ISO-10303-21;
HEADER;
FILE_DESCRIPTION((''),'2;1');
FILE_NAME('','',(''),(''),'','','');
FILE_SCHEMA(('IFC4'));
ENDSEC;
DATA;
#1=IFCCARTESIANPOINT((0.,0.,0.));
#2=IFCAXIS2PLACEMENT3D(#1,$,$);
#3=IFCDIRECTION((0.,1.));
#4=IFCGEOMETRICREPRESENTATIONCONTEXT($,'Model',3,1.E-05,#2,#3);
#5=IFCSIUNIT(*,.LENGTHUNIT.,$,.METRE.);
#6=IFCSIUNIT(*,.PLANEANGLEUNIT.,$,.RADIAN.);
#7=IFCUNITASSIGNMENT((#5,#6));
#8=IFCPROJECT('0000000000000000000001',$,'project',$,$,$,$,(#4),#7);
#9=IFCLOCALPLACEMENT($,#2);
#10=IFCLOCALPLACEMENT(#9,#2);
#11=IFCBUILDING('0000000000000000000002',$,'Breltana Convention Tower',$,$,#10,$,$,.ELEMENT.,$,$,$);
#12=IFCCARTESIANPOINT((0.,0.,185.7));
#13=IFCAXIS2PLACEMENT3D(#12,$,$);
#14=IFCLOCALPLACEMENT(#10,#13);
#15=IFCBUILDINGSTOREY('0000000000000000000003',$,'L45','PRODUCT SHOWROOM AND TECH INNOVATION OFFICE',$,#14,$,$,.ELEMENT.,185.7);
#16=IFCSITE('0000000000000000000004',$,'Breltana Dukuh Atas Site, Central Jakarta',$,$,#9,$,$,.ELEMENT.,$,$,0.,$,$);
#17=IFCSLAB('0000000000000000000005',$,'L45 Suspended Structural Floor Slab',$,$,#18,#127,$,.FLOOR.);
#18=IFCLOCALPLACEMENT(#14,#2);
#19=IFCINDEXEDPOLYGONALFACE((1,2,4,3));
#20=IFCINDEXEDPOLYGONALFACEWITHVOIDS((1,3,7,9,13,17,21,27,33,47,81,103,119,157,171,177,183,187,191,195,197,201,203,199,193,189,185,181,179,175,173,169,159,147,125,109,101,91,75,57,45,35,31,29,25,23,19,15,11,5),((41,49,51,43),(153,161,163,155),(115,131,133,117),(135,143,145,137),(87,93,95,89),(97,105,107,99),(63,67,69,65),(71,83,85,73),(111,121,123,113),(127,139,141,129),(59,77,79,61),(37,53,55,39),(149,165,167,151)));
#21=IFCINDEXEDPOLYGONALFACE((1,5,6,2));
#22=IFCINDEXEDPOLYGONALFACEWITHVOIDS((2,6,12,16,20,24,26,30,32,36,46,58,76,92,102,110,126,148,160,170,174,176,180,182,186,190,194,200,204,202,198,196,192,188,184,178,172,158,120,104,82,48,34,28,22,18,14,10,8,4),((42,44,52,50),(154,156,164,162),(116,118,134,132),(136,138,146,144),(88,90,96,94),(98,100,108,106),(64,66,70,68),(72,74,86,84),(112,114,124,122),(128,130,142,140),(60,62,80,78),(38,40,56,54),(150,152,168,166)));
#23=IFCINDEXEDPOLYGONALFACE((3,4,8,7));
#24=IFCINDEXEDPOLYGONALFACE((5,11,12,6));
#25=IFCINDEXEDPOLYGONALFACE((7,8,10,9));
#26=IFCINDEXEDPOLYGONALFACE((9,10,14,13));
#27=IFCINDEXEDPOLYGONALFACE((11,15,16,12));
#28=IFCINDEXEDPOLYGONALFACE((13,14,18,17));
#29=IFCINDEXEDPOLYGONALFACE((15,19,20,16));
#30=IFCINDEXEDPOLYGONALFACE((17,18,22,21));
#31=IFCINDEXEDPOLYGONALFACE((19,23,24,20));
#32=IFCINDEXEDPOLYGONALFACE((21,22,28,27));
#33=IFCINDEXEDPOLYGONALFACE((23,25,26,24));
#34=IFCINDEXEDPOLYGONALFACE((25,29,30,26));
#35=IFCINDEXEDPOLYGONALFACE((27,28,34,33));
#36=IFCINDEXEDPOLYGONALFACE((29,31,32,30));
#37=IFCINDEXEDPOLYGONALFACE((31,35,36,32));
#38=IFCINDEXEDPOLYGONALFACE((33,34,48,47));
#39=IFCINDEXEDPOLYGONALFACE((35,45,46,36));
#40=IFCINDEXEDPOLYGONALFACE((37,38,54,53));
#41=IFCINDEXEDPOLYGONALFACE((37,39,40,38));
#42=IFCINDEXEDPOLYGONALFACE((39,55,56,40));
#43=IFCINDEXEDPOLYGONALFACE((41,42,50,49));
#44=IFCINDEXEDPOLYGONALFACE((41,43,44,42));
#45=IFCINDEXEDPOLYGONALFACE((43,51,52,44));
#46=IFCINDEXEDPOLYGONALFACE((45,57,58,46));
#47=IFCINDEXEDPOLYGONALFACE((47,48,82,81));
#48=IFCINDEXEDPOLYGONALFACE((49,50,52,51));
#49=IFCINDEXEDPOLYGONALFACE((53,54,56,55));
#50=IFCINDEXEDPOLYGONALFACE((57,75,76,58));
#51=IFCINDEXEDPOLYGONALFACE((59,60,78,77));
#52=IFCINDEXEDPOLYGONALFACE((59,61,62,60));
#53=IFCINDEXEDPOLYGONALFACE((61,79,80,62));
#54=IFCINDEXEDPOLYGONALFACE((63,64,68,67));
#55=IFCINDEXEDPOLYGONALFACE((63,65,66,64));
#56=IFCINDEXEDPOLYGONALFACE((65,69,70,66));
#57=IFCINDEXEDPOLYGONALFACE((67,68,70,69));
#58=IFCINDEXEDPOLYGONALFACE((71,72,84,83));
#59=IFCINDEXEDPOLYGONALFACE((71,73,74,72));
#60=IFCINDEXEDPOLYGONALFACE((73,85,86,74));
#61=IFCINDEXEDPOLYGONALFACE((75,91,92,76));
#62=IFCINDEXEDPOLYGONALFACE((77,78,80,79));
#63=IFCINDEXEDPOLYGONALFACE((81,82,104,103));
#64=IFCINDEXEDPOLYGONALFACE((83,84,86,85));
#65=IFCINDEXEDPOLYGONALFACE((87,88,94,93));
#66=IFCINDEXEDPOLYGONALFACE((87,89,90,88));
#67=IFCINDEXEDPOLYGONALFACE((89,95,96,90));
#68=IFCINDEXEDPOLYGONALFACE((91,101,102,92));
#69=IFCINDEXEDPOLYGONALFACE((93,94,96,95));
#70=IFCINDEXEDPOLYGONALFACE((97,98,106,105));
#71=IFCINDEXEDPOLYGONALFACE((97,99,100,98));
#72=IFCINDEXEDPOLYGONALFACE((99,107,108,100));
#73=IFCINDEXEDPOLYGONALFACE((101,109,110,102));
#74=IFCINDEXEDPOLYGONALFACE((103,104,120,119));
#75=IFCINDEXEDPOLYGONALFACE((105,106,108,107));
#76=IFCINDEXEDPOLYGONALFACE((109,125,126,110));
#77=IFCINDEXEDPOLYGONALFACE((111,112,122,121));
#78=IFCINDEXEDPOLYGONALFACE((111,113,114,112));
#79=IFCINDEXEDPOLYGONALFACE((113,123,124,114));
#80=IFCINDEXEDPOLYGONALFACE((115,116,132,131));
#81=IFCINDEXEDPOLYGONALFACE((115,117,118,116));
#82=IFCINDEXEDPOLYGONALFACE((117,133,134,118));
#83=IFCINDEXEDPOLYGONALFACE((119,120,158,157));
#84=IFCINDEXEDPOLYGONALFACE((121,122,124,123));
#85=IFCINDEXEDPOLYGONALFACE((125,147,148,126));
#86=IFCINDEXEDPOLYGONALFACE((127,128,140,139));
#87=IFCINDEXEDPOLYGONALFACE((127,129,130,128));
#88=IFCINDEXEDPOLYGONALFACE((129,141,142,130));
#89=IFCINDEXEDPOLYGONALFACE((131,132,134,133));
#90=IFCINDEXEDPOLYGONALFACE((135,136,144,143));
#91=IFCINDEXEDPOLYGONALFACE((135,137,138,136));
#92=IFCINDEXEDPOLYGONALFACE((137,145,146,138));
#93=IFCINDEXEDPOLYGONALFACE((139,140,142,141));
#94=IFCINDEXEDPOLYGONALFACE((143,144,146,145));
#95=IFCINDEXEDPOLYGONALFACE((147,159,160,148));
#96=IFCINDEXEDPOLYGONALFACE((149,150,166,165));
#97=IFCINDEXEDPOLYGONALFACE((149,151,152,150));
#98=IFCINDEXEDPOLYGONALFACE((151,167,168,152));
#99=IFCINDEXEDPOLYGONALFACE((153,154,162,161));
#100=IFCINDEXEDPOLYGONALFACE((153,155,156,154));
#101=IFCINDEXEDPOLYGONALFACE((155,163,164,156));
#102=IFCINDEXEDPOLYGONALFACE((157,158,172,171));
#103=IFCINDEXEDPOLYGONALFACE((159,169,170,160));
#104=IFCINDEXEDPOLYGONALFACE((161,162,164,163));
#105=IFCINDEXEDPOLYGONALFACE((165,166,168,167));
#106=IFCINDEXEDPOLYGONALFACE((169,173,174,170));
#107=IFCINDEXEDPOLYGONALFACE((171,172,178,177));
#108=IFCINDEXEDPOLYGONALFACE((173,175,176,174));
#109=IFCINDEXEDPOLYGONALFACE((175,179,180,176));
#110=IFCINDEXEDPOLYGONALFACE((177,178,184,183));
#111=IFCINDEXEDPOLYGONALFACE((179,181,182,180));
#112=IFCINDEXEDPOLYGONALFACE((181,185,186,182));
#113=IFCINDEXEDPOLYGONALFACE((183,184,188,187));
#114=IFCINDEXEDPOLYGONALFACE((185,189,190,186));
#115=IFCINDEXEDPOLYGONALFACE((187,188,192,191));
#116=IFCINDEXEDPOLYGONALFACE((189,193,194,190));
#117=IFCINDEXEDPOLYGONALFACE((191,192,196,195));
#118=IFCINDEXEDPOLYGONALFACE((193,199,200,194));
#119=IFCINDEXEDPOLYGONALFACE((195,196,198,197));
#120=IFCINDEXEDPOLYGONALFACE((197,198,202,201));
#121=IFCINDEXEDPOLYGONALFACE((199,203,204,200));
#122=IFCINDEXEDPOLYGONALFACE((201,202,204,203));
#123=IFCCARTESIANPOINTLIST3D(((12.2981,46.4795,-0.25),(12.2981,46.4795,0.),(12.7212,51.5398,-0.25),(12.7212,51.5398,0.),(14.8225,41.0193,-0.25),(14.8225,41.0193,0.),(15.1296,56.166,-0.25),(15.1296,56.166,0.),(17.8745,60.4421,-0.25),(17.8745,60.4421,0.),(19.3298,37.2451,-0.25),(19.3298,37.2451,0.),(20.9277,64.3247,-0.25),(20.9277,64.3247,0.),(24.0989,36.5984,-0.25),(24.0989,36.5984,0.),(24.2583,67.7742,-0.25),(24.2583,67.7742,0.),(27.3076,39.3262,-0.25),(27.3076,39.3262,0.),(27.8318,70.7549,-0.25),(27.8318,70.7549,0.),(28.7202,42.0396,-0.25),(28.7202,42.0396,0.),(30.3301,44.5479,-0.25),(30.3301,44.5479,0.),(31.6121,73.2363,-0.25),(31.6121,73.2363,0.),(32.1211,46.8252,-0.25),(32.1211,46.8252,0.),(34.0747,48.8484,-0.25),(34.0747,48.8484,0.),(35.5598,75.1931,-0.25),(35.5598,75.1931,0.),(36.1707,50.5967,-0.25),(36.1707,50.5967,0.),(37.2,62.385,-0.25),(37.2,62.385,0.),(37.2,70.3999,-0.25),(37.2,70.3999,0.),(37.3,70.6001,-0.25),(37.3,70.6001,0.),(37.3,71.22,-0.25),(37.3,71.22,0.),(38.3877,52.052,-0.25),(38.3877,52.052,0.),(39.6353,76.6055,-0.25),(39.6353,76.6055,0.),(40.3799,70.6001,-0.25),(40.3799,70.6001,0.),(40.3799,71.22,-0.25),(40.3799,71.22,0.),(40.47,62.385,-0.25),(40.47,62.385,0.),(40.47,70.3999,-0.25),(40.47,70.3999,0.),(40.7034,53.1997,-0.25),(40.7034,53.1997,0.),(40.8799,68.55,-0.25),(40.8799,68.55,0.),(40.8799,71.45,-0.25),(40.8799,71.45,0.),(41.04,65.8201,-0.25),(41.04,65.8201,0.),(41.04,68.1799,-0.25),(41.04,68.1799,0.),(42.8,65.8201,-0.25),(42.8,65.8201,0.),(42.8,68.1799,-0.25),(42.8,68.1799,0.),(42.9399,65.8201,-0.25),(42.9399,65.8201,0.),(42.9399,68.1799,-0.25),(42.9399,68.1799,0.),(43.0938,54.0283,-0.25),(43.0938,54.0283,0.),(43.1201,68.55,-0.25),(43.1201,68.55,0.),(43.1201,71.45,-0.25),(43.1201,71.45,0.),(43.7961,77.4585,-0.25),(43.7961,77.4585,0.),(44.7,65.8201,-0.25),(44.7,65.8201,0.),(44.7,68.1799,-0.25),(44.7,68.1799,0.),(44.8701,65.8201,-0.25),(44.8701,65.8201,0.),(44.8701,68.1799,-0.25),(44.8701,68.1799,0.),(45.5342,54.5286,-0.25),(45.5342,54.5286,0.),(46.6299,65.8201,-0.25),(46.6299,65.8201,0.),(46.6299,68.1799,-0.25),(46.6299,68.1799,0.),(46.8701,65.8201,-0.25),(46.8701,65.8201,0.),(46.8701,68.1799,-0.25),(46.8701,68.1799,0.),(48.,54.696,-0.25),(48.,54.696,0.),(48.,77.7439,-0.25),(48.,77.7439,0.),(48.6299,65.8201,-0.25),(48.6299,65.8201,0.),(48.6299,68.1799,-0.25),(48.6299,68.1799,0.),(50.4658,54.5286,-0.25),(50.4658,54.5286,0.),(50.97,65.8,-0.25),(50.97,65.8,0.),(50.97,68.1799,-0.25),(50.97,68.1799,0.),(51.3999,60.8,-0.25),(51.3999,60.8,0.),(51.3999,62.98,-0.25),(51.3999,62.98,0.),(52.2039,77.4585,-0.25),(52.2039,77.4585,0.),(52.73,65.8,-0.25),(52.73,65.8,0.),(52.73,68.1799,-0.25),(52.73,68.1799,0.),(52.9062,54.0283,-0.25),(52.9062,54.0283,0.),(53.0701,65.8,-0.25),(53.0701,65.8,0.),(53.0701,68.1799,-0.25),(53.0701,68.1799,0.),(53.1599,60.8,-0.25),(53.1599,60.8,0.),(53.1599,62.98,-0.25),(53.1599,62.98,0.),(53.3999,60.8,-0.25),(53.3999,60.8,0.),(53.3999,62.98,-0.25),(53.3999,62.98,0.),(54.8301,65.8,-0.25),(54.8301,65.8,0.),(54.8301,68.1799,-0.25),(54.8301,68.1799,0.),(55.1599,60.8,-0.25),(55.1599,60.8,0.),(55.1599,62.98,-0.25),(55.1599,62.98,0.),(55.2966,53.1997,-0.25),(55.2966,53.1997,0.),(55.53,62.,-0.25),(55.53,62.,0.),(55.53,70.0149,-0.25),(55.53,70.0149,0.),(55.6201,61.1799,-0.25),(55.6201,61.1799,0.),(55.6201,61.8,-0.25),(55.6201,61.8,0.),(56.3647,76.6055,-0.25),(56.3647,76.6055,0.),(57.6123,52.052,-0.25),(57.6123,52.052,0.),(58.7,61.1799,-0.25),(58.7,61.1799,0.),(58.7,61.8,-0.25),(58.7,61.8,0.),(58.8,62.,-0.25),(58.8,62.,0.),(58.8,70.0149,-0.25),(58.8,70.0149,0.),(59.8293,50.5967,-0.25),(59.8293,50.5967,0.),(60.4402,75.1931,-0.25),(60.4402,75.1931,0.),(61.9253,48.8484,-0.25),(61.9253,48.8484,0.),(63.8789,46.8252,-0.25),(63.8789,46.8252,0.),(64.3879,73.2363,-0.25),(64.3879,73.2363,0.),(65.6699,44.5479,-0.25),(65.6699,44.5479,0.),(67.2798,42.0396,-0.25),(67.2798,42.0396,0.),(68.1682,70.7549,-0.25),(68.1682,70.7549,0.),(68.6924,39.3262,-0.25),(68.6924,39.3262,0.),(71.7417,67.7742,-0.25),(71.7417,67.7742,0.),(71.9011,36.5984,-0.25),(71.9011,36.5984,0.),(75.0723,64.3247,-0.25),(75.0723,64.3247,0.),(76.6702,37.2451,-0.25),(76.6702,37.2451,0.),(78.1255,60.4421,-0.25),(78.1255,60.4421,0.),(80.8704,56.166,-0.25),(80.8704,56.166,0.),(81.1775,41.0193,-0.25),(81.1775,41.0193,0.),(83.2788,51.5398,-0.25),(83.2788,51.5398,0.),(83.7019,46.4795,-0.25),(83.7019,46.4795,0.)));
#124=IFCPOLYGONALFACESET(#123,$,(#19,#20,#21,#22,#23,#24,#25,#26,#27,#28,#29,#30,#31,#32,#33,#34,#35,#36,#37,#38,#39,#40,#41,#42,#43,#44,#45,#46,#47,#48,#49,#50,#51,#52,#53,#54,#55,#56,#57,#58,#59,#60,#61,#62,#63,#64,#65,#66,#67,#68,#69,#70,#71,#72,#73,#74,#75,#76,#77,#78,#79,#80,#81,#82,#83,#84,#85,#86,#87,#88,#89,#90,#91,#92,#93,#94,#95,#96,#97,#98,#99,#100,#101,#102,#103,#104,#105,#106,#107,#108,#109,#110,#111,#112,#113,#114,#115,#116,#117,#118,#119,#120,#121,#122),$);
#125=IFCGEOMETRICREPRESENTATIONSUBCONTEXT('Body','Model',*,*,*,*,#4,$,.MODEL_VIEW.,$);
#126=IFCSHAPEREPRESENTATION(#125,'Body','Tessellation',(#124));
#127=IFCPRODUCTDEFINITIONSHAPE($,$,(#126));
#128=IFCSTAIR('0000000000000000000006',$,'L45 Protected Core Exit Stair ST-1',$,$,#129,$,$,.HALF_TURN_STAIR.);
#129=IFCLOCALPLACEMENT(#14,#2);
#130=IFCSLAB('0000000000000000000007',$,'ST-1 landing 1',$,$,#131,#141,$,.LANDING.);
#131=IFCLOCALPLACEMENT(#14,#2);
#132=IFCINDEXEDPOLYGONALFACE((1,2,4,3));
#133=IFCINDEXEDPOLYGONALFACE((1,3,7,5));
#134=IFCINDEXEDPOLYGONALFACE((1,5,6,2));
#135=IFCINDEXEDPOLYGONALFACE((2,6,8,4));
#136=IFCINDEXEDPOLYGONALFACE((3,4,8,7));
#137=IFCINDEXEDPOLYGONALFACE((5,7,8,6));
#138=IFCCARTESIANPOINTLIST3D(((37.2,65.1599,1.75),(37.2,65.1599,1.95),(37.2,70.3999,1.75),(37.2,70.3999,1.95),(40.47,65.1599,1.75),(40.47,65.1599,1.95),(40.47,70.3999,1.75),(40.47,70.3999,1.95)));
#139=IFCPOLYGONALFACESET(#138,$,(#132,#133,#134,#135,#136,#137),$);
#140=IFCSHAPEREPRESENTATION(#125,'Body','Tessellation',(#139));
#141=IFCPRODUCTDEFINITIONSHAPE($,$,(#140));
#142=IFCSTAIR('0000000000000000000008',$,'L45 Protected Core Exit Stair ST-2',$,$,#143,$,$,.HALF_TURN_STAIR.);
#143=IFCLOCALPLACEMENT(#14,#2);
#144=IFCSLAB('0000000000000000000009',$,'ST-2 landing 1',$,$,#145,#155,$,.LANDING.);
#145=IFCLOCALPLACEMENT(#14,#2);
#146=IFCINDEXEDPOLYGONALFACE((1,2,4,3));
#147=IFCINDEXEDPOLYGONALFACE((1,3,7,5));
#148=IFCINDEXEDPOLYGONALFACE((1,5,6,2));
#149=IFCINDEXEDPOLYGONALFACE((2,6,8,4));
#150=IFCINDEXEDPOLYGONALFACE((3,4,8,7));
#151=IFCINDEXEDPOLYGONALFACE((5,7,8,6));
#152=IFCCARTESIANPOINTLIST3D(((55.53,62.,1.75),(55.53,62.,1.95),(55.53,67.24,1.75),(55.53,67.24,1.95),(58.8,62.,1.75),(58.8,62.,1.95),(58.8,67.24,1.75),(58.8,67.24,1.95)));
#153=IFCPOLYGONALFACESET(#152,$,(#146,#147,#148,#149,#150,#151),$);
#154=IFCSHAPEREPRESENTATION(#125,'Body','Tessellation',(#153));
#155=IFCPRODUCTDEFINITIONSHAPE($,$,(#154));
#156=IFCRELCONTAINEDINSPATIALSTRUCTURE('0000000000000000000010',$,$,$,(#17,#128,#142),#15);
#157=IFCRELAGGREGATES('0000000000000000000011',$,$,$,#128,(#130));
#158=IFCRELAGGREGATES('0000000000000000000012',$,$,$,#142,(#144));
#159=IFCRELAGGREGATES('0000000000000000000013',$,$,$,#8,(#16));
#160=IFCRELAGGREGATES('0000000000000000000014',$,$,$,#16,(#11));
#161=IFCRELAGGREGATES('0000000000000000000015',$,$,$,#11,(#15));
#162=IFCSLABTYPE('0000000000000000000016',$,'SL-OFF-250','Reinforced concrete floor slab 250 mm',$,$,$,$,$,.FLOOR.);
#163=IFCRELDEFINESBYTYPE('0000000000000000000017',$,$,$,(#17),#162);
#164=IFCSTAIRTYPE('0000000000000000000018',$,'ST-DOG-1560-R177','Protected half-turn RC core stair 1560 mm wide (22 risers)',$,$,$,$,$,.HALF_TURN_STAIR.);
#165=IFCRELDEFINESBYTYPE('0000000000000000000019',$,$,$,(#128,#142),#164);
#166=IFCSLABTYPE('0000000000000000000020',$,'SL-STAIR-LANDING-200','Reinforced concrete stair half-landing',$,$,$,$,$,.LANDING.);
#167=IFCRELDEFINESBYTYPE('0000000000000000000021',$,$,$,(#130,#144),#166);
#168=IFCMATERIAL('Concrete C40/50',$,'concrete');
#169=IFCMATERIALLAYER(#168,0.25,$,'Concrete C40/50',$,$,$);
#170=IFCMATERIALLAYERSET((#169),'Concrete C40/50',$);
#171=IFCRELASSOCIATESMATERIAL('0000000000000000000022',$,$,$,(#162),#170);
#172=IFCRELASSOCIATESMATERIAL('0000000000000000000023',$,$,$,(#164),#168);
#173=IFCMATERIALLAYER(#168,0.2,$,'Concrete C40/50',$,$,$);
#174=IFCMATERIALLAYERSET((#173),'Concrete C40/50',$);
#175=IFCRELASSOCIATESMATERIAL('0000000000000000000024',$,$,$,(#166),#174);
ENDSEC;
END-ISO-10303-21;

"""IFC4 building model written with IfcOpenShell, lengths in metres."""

from ifc_helpers import new_model, si_unit, direction, frame, origin, place, context, subcontext, project, spatial, polyline, outline, extrude, material, layer, layer_set, type_object, element, aggregate, save


model = new_model("IFC4")

# Units and contexts
model_context = context("Model", 3, precision=1e-05, world=origin(), true_north=direction((0.0, 1.0)))
body_context = subcontext(model_context, "Body", "Model", "MODEL_VIEW")
ifc_project = project(units=[si_unit("LENGTHUNIT", "METRE"), si_unit("PLANEANGLEUNIT", "RADIAN")], contexts=[model_context])

# Site, building, storey
site_placement = place(None, origin())
site = spatial("IfcSite", under=ifc_project, at=site_placement, Name="Breltana Dukuh Atas Site, Central Jakarta", CompositionType="ELEMENT", RefElevation=0.0)
building_placement = place(site_placement, origin())
building = spatial("IfcBuilding", under=site, at=building_placement, Name="Breltana Convention Tower", CompositionType="ELEMENT")
storey_placement = place(building_placement, frame((0.0, 0.0, 185.7)))
storey = spatial("IfcBuildingStorey", under=building, at=storey_placement, Name="L45", Description="PRODUCT SHOWROOM AND TECH INNOVATION OFFICE", CompositionType="ELEMENT", Elevation=185.7)

# Slab
ifc_material_1 = material(Name="Concrete C40/50", Category="concrete")
ifc_layer_1 = layer(ifc_material_1, 0.25, Name="Concrete C40/50")
ifc_layer_set_1 = layer_set([ifc_layer_1], Name="Concrete C40/50")
slab_type_1 = type_object("IfcSlabType", Name="SL-OFF-250", Description="Reinforced concrete floor slab 250 mm", PredefinedType="FLOOR", material=ifc_layer_set_1)
slab_1_placement = place(storey_placement, frame((0.0, 0.0, -0.25)))
element("IfcSlab", 1, at=slab_1_placement, inside=storey, type_object=slab_type_1, Name="L45 Suspended Structural Floor Slab", PredefinedType="FLOOR", context=body_context, shape_type="SweptSolid", body=[
    extrude(outline(polyline([(83.2788, 51.5398), (80.8704, 56.166), (78.1255, 60.4421), (75.0723, 64.3247), (71.7417, 67.7742), (68.1682, 70.7549), (64.3879, 73.2363), (60.4402, 75.1931), (56.3647, 76.6055), (52.2039, 77.4585), (48.0, 77.7439), (43.7961, 77.4585), (39.6353, 76.6055), (35.5598, 75.1931), (31.6121, 73.2363), (27.8318, 70.7549), (24.2583, 67.7742), (20.9277, 64.3247), (17.8745, 60.4421), (15.1296, 56.166), (12.7212, 51.5398), (12.2981, 46.4795), (14.8225, 41.0193), (19.3298, 37.2451), (24.0989, 36.5984), (27.3076, 39.3262), (28.7202, 42.0396), (30.3301, 44.5479), (32.1211, 46.8252), (34.0747, 48.8484), (36.1707, 50.5967), (38.3877, 52.052), (40.7034, 53.1997), (43.0938, 54.0283), (45.5342, 54.5286), (48.0, 54.696), (50.4658, 54.5286), (52.9062, 54.0283), (55.2966, 53.1997), (57.6123, 52.052), (59.8293, 50.5967), (61.9253, 48.8484), (63.8789, 46.8252), (65.6699, 44.5479), (67.2798, 42.0396), (68.6924, 39.3262), (71.9011, 36.5984), (76.6702, 37.2451), (81.1775, 41.0193), (83.7019, 46.4795), (83.2788, 51.5398)]), holes=[polyline([(37.2, 62.385), (40.47, 62.385), (40.47, 70.3999), (37.2, 70.3999), (37.2, 62.385)]), polyline([(55.53, 62.0), (58.8, 62.0), (58.8, 70.0149), (55.53, 70.0149), (55.53, 62.0)]), polyline([(51.3999, 60.8), (53.1599, 60.8), (53.1599, 62.98), (51.3999, 62.98), (51.3999, 60.8)]), polyline([(53.3999, 60.8), (55.1599, 60.8), (55.1599, 62.98), (53.3999, 62.98), (53.3999, 60.8)]), polyline([(41.04, 65.8201), (42.8, 65.8201), (42.8, 68.1799), (41.04, 68.1799), (41.04, 65.8201)]), polyline([(42.9399, 65.8201), (44.7, 65.8201), (44.7, 68.1799), (42.9399, 68.1799), (42.9399, 65.8201)]), polyline([(44.8701, 65.8201), (46.6299, 65.8201), (46.6299, 68.1799), (44.8701, 68.1799), (44.8701, 65.8201)]), polyline([(46.8701, 65.8201), (48.6299, 65.8201), (48.6299, 68.1799), (46.8701, 68.1799), (46.8701, 65.8201)]), polyline([(50.97, 65.8), (52.73, 65.8), (52.73, 68.1799), (50.97, 68.1799), (50.97, 65.8)]), polyline([(53.0701, 65.8), (54.8301, 65.8), (54.8301, 68.1799), (53.0701, 68.1799), (53.0701, 65.8)]), polyline([(40.8799, 68.55), (43.1201, 68.55), (43.1201, 71.45), (40.8799, 71.45), (40.8799, 68.55)]), polyline([(37.3, 70.6001), (40.3799, 70.6001), (40.3799, 71.22), (37.3, 71.22), (37.3, 70.6001)]), polyline([(55.6201, 61.1799), (58.7, 61.1799), (58.7, 61.8), (55.6201, 61.8), (55.6201, 61.1799)])]), origin(), (0.0, 0.0, 1.0), 0.25),
])

# Stairs, slabs
stair_type = type_object("IfcStairType", Name="ST-DOG-1560-R177", Description="Protected half-turn RC core stair 1560 mm wide (22 risers)", PredefinedType="HALF_TURN_STAIR", material=ifc_material_1)
stair_1_placement = place(storey_placement, origin())
stair_1 = element("IfcStair", 2, at=stair_1_placement, inside=storey, type_object=stair_type, Name="L45 Protected Core Exit Stair ST-1", PredefinedType="HALF_TURN_STAIR")
ifc_layer_2 = layer(ifc_material_1, 0.2, Name="Concrete C40/50")
ifc_layer_set_2 = layer_set([ifc_layer_2], Name="Concrete C40/50")
slab_type_2 = type_object("IfcSlabType", Name="SL-STAIR-LANDING-200", Description="Reinforced concrete stair half-landing", PredefinedType="LANDING", material=ifc_layer_set_2)
slab_2_placement = place(storey_placement, frame((0.0, 0.0, 1.75)))
slab_2 = element("IfcSlab", 3, at=slab_2_placement, type_object=slab_type_2, Name="ST-1 landing 1", PredefinedType="LANDING", context=body_context, shape_type="SweptSolid", body=[
    extrude(outline(polyline([(40.47, 65.1599), (40.47, 70.3999), (37.2, 70.3999), (37.2, 65.1599), (40.47, 65.1599)])), origin(), (0.0, 0.0, 1.0), 0.2),
])
aggregate(stair_1, [slab_2])
stair_2_placement = place(storey_placement, origin())
stair_2 = element("IfcStair", 4, at=stair_2_placement, inside=storey, type_object=stair_type, Name="L45 Protected Core Exit Stair ST-2", PredefinedType="HALF_TURN_STAIR")
slab_3_placement = place(storey_placement, frame((0.0, 0.0, 1.75)))
slab_3 = element("IfcSlab", 5, at=slab_3_placement, type_object=slab_type_2, Name="ST-2 landing 1", PredefinedType="LANDING", context=body_context, shape_type="SweptSolid", body=[
    extrude(outline(polyline([(55.53, 67.24), (55.53, 62.0), (58.8, 62.0), (58.8, 67.24), (55.53, 67.24)])), origin(), (0.0, 0.0, 1.0), 0.2),
])
aggregate(stair_2, [slab_3])

save(model, "model.ifc")
